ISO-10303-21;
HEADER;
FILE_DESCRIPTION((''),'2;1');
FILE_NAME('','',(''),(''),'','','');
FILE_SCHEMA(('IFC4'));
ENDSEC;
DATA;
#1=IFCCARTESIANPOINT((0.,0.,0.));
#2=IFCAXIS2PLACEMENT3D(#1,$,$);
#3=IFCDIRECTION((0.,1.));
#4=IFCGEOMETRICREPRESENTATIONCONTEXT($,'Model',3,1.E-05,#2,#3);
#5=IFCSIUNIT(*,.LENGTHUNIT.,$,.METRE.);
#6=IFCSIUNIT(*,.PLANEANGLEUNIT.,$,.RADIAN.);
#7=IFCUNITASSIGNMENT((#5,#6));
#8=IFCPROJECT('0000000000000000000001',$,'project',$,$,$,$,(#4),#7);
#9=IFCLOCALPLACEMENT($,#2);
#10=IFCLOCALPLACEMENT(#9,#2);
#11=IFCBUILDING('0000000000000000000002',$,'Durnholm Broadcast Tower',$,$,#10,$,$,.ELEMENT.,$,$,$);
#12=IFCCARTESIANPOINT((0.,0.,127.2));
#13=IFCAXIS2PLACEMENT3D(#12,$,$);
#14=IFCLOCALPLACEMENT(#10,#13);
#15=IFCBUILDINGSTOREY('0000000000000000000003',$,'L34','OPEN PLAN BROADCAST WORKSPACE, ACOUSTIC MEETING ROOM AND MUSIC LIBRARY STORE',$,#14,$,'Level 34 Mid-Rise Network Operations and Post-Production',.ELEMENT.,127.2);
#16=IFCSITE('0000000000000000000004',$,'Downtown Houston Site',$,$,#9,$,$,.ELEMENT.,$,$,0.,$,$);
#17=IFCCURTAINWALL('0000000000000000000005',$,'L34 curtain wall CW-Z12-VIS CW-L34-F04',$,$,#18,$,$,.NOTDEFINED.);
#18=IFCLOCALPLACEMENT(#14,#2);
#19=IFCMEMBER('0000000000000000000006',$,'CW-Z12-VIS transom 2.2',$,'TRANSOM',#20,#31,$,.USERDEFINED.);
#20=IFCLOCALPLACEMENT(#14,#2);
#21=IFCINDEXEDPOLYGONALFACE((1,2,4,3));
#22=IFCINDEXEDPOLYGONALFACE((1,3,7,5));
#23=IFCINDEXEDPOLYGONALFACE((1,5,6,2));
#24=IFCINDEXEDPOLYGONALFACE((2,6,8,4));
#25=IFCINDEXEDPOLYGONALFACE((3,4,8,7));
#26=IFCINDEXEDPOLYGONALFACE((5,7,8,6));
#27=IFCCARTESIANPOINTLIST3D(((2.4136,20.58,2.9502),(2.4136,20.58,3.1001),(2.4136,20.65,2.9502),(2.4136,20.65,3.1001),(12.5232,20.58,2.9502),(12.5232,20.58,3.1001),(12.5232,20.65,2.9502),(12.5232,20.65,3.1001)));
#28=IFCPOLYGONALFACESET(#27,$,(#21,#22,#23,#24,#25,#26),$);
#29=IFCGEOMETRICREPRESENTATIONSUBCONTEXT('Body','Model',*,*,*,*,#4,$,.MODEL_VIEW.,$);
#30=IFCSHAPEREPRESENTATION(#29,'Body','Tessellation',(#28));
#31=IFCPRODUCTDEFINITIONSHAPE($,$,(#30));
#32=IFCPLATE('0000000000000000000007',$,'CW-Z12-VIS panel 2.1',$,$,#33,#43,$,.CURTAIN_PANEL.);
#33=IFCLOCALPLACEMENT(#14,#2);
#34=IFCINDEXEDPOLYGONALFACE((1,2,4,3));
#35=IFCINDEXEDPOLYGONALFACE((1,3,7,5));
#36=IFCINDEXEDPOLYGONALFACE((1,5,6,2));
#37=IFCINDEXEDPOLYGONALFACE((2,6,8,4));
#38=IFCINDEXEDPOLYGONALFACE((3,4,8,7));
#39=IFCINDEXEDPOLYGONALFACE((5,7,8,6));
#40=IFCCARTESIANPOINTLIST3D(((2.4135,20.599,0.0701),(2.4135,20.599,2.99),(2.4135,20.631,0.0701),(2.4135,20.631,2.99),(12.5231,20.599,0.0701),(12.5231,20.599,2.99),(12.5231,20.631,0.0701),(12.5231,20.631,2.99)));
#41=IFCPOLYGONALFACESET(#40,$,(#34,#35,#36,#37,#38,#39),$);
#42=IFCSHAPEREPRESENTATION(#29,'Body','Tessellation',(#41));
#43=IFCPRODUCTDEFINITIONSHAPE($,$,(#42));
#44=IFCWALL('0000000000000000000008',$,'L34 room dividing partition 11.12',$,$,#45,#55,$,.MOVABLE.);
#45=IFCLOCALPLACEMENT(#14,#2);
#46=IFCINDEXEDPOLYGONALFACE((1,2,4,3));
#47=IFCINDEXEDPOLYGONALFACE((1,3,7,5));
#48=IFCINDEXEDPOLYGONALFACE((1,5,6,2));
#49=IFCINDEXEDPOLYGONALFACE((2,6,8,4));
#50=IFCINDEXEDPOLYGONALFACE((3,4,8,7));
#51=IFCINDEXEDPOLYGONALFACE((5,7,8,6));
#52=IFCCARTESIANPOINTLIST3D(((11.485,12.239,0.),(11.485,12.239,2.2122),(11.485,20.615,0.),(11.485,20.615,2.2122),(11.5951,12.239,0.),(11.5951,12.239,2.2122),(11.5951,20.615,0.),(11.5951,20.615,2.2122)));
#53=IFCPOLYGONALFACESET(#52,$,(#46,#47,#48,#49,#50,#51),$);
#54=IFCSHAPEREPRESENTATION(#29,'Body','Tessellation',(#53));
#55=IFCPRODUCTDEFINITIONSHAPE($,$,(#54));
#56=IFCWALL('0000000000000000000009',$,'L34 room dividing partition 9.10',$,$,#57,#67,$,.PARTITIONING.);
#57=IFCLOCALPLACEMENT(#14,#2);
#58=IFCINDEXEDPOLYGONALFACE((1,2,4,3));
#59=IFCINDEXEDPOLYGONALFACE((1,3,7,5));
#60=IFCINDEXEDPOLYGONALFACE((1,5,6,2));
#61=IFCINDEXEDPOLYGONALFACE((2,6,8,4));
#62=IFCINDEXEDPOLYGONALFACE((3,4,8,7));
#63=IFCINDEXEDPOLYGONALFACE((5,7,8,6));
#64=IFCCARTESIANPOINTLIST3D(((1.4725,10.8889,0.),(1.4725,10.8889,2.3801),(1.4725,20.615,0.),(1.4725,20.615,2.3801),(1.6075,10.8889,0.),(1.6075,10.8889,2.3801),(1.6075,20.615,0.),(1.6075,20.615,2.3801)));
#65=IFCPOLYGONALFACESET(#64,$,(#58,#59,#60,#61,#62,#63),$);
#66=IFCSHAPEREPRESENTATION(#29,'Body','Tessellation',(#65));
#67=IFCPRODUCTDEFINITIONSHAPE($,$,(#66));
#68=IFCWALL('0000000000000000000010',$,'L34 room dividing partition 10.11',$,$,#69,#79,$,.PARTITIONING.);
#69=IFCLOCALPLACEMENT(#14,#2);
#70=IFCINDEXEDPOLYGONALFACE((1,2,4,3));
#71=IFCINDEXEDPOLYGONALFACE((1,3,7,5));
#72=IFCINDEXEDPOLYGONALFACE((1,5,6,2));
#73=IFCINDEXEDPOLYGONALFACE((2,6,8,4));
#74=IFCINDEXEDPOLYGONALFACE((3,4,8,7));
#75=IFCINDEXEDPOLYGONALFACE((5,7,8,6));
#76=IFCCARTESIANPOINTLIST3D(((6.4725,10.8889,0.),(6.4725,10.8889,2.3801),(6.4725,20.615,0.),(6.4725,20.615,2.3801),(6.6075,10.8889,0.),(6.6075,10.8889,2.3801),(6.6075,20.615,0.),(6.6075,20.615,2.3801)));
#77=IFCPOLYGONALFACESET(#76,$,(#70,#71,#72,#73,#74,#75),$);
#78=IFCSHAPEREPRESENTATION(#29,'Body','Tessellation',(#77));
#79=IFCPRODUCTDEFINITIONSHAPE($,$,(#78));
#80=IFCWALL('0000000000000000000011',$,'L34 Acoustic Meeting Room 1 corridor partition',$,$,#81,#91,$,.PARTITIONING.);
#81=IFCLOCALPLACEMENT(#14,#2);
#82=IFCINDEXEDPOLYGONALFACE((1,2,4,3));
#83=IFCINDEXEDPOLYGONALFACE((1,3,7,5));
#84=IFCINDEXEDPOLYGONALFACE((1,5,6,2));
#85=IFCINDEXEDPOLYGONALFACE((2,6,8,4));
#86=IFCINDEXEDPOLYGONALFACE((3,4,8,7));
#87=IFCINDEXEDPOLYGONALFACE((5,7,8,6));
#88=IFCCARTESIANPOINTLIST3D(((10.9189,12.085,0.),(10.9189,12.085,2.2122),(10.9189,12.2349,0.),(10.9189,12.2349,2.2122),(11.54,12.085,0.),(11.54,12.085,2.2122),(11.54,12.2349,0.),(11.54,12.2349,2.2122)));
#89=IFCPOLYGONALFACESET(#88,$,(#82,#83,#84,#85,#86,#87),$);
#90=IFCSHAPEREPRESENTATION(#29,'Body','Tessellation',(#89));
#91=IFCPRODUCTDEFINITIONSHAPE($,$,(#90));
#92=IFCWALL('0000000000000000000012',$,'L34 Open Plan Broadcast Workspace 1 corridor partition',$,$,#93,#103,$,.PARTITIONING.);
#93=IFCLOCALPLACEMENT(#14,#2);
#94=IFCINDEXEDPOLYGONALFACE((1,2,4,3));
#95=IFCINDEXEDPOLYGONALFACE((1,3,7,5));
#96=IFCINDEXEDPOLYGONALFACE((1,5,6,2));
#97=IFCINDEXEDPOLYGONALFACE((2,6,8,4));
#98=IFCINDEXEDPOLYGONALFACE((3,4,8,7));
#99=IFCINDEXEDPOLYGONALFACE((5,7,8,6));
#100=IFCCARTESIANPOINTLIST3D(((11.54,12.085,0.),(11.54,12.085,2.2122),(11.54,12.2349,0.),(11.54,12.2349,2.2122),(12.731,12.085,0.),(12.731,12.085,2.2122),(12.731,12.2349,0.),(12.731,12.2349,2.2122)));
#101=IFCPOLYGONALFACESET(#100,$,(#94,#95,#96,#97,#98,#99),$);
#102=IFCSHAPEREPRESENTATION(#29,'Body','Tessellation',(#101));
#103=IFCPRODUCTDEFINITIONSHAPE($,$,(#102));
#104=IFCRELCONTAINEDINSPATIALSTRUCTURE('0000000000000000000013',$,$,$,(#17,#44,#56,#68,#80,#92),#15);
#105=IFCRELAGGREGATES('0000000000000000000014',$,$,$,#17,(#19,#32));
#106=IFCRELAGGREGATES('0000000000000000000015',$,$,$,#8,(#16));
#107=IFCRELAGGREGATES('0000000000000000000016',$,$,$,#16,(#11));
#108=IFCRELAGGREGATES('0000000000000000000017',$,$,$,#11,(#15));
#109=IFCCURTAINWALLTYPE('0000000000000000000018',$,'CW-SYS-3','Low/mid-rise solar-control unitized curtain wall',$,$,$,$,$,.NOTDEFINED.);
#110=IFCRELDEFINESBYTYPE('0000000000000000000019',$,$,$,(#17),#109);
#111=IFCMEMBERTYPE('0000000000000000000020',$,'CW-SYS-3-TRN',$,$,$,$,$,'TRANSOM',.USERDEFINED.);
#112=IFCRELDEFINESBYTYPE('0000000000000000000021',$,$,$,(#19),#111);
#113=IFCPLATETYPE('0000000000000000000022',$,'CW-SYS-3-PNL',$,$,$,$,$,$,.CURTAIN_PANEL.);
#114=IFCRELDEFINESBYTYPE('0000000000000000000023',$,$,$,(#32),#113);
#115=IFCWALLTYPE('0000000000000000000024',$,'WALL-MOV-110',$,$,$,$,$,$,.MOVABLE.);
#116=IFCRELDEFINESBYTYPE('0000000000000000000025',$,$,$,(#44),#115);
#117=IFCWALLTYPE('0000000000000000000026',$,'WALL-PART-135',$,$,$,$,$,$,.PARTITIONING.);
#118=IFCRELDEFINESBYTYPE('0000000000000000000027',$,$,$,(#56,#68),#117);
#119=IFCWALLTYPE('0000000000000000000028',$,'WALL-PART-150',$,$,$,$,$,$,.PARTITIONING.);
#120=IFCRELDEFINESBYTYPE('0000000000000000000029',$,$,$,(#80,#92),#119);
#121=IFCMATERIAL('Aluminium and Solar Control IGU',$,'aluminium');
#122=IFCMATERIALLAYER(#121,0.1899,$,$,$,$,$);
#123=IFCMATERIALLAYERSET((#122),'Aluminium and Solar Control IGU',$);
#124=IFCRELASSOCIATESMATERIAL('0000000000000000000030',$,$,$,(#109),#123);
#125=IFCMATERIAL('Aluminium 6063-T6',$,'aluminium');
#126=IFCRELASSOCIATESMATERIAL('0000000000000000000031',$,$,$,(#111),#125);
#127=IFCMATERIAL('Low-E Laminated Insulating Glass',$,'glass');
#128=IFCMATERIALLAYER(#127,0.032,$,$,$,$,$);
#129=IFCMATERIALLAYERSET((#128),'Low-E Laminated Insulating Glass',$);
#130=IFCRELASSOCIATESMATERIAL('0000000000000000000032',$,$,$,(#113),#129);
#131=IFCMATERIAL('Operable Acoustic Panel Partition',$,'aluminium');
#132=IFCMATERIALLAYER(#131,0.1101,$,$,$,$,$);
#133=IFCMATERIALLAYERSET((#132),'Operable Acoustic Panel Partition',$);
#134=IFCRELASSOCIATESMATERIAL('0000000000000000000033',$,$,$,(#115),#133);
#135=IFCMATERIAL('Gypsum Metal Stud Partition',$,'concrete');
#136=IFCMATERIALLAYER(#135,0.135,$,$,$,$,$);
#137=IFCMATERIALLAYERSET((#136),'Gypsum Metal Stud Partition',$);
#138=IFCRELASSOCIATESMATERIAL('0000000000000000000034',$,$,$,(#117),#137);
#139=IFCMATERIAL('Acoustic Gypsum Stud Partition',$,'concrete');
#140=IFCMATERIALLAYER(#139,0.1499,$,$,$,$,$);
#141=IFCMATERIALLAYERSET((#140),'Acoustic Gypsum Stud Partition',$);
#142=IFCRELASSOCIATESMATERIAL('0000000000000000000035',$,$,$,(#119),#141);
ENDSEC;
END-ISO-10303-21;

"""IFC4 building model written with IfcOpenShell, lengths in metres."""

from ifc_helpers import new_model, si_unit, direction, frame, frame_2d, origin, origin_2d, place, context, subcontext, project, spatial, rectangle, extrude, source, transform, mapped, material, layer, layer_set, material_profile, profile_set, type_object, type_shapes, element, aggregate, save


model = new_model("IFC4")

# Units and contexts
model_context = context("Model", 3, precision=1e-05, world=origin(), true_north=direction((0.0, 1.0)))
body_context = subcontext(model_context, "Body", "Model", "MODEL_VIEW")
ifc_project = project(units=[si_unit("LENGTHUNIT", "METRE"), si_unit("PLANEANGLEUNIT", "RADIAN")], contexts=[model_context])

# Site, building, storey
site_placement = place(None, origin())
site = spatial("IfcSite", under=ifc_project, at=site_placement, Name="Downtown Houston Site", CompositionType="ELEMENT", RefElevation=0.0)
building_placement = place(site_placement, origin())
building = spatial("IfcBuilding", under=site, at=building_placement, Name="Durnholm Broadcast Tower", CompositionType="ELEMENT")
storey_placement = place(building_placement, frame((0.0, 0.0, 127.2)))
storey = spatial("IfcBuildingStorey", under=building, at=storey_placement, Name="L34", Description="OPEN PLAN BROADCAST WORKSPACE, ACOUSTIC MEETING ROOM AND MUSIC LIBRARY STORE", LongName="Level 34 Mid-Rise Network Operations and Post-Production", CompositionType="ELEMENT", Elevation=127.2)

# Shared definitions
ifc_material_1 = material(Name="Aluminium and Solar Control IGU", Category="aluminium")
ifc_material_2 = material(Name="Aluminium 6063-T6", Category="aluminium")

# Curtain wall
ifc_layer_1 = layer(ifc_material_1, 0.1899)
ifc_layer_set_1 = layer_set([ifc_layer_1], Name="Aluminium and Solar Control IGU")
curtain_wall_type_1 = type_object("IfcCurtainWallType", Name="CW-SYS-3", Description="Low/mid-rise solar-control unitized curtain wall", PredefinedType="NOTDEFINED", material=ifc_layer_set_1)
curtain_wall_1_placement = place(storey_placement, origin())
curtain_wall_1 = element("IfcCurtainWall", 1, at=curtain_wall_1_placement, inside=storey, type_object=curtain_wall_type_1, Name="L34 curtain wall CW-Z12-VIS CW-L34-F04", PredefinedType="NOTDEFINED")

# Member
ifc_material_profile_1 = material_profile(ifc_material_2, rectangle(XDim=0.0701, YDim=0.1499, at=origin_2d()), Name="CWT70X150")
ifc_profile_set_1 = profile_set([ifc_material_profile_1], Name="Aluminium 6063-T6")
member_type_1 = type_object("IfcMemberType", Name="CW-SYS-3-TRN", ElementType="TRANSOM", PredefinedType="USERDEFINED", material=ifc_profile_set_1)
shared_shape_1 = source(origin(), body_context, "Body", "SweptSolid", [
    extrude(rectangle(XDim=0.0701, YDim=0.1499, at=origin_2d()), origin(), (0.0, 0.0, 1.0), 10.1096),
])
type_shapes(member_type_1, [shared_shape_1])
member_1_placement = place(storey_placement, frame((2.4136, 20.615, 3.0251), z_axis=(1.0, 0.0, 0.0), x_axis=(0.0, 1.0, 0.0)))
member_1 = element("IfcMember", 2, at=member_1_placement, type_object=member_type_1, Name="CW-Z12-VIS transom 2.2", ObjectType="TRANSOM", PredefinedType="USERDEFINED", context=body_context, shape_type="MappedRepresentation", body=[
    mapped(shared_shape_1, transform((0.0, 0.0, 0.0), x_axis=(1.0, 0.0, 0.0), y_axis=(0.0, 1.0, 0.0), z_axis=(0.0, 0.0, 1.0), scale=1.0)),
])

# Plate
ifc_material_3 = material(Name="Low-E Laminated Insulating Glass", Category="glass")
ifc_layer_2 = layer(ifc_material_3, 0.032)
ifc_layer_set_2 = layer_set([ifc_layer_2], Name="Low-E Laminated Insulating Glass")
plate_type = type_object("IfcPlateType", Name="CW-SYS-3-PNL", PredefinedType="CURTAIN_PANEL", material=ifc_layer_set_2)
shared_shape_2 = source(origin(), body_context, "Body", "SweptSolid", [
    extrude(rectangle(XDim=10.1096, YDim=0.032, at=origin_2d()), origin(), (0.0, 0.0, 1.0), 2.9199),
])
type_shapes(plate_type, [shared_shape_2])
plate_placement = place(storey_placement, frame((7.4683, 20.615, 0.0701), z_axis=(0.0, 0.0, 1.0), x_axis=(1.0, 0.0, 0.0)))
plate = element("IfcPlate", 3, at=plate_placement, type_object=plate_type, Name="CW-Z12-VIS panel 2.1", PredefinedType="CURTAIN_PANEL", context=body_context, shape_type="MappedRepresentation", body=[
    mapped(shared_shape_2, transform((0.0, 0.0, 0.0), x_axis=(1.0, 0.0, 0.0), y_axis=(0.0, 1.0, 0.0), z_axis=(0.0, 0.0, 1.0), scale=1.0)),
])
aggregate(curtain_wall_1, [member_1, plate])

# Walls
ifc_material_4 = material(Name="Operable Acoustic Panel Partition", Category="aluminium")
ifc_layer_3 = layer(ifc_material_4, 0.1101)
ifc_layer_set_3 = layer_set([ifc_layer_3], Name="Operable Acoustic Panel Partition")
wall_type_1 = type_object("IfcWallType", Name="WALL-MOV-110", PredefinedType="MOVABLE", material=ifc_layer_set_3)
wall_1_placement = place(storey_placement, frame((11.54, 20.615, 0.0), z_axis=(0.0, 0.0, 1.0), x_axis=(0.0, -1.0, 0.0)))
element("IfcWall", 4, at=wall_1_placement, inside=storey, type_object=wall_type_1, Name="L34 room dividing partition 11.12", PredefinedType="MOVABLE", context=body_context, shape_type="SweptSolid", body=[
    extrude(rectangle(XDim=8.376, YDim=0.1101, at=frame_2d((4.188, 0.0))), origin(), (0.0, 0.0, 1.0), 2.2122),
])
ifc_material_5 = material(Name="Gypsum Metal Stud Partition", Category="concrete")
ifc_layer_4 = layer(ifc_material_5, 0.135)
ifc_layer_set_4 = layer_set([ifc_layer_4], Name="Gypsum Metal Stud Partition")
wall_type_2 = type_object("IfcWallType", Name="WALL-PART-135", PredefinedType="PARTITIONING", material=ifc_layer_set_4)
for number, where, z_axis, x_axis, name in (
    (5, (1.54, 20.615, 0.0), (0.0, 0.0, 1.0), (0.0, -1.0, 0.0), "L34 room dividing partition 9.10"),
    (6, (6.54, 20.615, 0.0), (0.0, 0.0, 1.0), (0.0, -1.0, 0.0), "L34 room dividing partition 10.11"),
):
    element("IfcWall", number, at=place(storey_placement, frame(where, z_axis=z_axis, x_axis=x_axis)), inside=storey, type_object=wall_type_2, Name=name, PredefinedType="PARTITIONING", context=body_context, shape_type="SweptSolid", body=[
        extrude(rectangle(XDim=9.7261, YDim=0.135, at=frame_2d((4.863, 0.0))), origin(), (0.0, 0.0, 1.0), 2.3801),
    ])
ifc_material_6 = material(Name="Acoustic Gypsum Stud Partition", Category="concrete")
ifc_layer_5 = layer(ifc_material_6, 0.1499)
ifc_layer_set_5 = layer_set([ifc_layer_5], Name="Acoustic Gypsum Stud Partition")
wall_type_3 = type_object("IfcWallType", Name="WALL-PART-150", PredefinedType="PARTITIONING", material=ifc_layer_set_5)
wall_2_placement = place(storey_placement, frame((11.54, 12.1599, 0.0), z_axis=(0.0, 0.0, 1.0), x_axis=(-1.0, 0.0, 0.0)))
element("IfcWall", 7, at=wall_2_placement, inside=storey, type_object=wall_type_3, Name="L34 Acoustic Meeting Room 1 corridor partition", PredefinedType="PARTITIONING", context=body_context, shape_type="SweptSolid", body=[
    extrude(rectangle(XDim=0.6211, YDim=0.1499, at=frame_2d((0.3105, 0.0))), origin(), (0.0, 0.0, 1.0), 2.2122),
])
wall_3_placement = place(storey_placement, frame((12.731, 12.1599, 0.0), z_axis=(0.0, 0.0, 1.0), x_axis=(-1.0, 0.0, 0.0)))
element("IfcWall", 8, at=wall_3_placement, inside=storey, type_object=wall_type_3, Name="L34 Open Plan Broadcast Workspace 1 corridor partition", PredefinedType="PARTITIONING", context=body_context, shape_type="SweptSolid", body=[
    extrude(rectangle(XDim=1.1909, YDim=0.1499, at=frame_2d((0.5955, 0.0))), origin(), (0.0, 0.0, 1.0), 2.2122),
])

save(model, "model.ifc")
